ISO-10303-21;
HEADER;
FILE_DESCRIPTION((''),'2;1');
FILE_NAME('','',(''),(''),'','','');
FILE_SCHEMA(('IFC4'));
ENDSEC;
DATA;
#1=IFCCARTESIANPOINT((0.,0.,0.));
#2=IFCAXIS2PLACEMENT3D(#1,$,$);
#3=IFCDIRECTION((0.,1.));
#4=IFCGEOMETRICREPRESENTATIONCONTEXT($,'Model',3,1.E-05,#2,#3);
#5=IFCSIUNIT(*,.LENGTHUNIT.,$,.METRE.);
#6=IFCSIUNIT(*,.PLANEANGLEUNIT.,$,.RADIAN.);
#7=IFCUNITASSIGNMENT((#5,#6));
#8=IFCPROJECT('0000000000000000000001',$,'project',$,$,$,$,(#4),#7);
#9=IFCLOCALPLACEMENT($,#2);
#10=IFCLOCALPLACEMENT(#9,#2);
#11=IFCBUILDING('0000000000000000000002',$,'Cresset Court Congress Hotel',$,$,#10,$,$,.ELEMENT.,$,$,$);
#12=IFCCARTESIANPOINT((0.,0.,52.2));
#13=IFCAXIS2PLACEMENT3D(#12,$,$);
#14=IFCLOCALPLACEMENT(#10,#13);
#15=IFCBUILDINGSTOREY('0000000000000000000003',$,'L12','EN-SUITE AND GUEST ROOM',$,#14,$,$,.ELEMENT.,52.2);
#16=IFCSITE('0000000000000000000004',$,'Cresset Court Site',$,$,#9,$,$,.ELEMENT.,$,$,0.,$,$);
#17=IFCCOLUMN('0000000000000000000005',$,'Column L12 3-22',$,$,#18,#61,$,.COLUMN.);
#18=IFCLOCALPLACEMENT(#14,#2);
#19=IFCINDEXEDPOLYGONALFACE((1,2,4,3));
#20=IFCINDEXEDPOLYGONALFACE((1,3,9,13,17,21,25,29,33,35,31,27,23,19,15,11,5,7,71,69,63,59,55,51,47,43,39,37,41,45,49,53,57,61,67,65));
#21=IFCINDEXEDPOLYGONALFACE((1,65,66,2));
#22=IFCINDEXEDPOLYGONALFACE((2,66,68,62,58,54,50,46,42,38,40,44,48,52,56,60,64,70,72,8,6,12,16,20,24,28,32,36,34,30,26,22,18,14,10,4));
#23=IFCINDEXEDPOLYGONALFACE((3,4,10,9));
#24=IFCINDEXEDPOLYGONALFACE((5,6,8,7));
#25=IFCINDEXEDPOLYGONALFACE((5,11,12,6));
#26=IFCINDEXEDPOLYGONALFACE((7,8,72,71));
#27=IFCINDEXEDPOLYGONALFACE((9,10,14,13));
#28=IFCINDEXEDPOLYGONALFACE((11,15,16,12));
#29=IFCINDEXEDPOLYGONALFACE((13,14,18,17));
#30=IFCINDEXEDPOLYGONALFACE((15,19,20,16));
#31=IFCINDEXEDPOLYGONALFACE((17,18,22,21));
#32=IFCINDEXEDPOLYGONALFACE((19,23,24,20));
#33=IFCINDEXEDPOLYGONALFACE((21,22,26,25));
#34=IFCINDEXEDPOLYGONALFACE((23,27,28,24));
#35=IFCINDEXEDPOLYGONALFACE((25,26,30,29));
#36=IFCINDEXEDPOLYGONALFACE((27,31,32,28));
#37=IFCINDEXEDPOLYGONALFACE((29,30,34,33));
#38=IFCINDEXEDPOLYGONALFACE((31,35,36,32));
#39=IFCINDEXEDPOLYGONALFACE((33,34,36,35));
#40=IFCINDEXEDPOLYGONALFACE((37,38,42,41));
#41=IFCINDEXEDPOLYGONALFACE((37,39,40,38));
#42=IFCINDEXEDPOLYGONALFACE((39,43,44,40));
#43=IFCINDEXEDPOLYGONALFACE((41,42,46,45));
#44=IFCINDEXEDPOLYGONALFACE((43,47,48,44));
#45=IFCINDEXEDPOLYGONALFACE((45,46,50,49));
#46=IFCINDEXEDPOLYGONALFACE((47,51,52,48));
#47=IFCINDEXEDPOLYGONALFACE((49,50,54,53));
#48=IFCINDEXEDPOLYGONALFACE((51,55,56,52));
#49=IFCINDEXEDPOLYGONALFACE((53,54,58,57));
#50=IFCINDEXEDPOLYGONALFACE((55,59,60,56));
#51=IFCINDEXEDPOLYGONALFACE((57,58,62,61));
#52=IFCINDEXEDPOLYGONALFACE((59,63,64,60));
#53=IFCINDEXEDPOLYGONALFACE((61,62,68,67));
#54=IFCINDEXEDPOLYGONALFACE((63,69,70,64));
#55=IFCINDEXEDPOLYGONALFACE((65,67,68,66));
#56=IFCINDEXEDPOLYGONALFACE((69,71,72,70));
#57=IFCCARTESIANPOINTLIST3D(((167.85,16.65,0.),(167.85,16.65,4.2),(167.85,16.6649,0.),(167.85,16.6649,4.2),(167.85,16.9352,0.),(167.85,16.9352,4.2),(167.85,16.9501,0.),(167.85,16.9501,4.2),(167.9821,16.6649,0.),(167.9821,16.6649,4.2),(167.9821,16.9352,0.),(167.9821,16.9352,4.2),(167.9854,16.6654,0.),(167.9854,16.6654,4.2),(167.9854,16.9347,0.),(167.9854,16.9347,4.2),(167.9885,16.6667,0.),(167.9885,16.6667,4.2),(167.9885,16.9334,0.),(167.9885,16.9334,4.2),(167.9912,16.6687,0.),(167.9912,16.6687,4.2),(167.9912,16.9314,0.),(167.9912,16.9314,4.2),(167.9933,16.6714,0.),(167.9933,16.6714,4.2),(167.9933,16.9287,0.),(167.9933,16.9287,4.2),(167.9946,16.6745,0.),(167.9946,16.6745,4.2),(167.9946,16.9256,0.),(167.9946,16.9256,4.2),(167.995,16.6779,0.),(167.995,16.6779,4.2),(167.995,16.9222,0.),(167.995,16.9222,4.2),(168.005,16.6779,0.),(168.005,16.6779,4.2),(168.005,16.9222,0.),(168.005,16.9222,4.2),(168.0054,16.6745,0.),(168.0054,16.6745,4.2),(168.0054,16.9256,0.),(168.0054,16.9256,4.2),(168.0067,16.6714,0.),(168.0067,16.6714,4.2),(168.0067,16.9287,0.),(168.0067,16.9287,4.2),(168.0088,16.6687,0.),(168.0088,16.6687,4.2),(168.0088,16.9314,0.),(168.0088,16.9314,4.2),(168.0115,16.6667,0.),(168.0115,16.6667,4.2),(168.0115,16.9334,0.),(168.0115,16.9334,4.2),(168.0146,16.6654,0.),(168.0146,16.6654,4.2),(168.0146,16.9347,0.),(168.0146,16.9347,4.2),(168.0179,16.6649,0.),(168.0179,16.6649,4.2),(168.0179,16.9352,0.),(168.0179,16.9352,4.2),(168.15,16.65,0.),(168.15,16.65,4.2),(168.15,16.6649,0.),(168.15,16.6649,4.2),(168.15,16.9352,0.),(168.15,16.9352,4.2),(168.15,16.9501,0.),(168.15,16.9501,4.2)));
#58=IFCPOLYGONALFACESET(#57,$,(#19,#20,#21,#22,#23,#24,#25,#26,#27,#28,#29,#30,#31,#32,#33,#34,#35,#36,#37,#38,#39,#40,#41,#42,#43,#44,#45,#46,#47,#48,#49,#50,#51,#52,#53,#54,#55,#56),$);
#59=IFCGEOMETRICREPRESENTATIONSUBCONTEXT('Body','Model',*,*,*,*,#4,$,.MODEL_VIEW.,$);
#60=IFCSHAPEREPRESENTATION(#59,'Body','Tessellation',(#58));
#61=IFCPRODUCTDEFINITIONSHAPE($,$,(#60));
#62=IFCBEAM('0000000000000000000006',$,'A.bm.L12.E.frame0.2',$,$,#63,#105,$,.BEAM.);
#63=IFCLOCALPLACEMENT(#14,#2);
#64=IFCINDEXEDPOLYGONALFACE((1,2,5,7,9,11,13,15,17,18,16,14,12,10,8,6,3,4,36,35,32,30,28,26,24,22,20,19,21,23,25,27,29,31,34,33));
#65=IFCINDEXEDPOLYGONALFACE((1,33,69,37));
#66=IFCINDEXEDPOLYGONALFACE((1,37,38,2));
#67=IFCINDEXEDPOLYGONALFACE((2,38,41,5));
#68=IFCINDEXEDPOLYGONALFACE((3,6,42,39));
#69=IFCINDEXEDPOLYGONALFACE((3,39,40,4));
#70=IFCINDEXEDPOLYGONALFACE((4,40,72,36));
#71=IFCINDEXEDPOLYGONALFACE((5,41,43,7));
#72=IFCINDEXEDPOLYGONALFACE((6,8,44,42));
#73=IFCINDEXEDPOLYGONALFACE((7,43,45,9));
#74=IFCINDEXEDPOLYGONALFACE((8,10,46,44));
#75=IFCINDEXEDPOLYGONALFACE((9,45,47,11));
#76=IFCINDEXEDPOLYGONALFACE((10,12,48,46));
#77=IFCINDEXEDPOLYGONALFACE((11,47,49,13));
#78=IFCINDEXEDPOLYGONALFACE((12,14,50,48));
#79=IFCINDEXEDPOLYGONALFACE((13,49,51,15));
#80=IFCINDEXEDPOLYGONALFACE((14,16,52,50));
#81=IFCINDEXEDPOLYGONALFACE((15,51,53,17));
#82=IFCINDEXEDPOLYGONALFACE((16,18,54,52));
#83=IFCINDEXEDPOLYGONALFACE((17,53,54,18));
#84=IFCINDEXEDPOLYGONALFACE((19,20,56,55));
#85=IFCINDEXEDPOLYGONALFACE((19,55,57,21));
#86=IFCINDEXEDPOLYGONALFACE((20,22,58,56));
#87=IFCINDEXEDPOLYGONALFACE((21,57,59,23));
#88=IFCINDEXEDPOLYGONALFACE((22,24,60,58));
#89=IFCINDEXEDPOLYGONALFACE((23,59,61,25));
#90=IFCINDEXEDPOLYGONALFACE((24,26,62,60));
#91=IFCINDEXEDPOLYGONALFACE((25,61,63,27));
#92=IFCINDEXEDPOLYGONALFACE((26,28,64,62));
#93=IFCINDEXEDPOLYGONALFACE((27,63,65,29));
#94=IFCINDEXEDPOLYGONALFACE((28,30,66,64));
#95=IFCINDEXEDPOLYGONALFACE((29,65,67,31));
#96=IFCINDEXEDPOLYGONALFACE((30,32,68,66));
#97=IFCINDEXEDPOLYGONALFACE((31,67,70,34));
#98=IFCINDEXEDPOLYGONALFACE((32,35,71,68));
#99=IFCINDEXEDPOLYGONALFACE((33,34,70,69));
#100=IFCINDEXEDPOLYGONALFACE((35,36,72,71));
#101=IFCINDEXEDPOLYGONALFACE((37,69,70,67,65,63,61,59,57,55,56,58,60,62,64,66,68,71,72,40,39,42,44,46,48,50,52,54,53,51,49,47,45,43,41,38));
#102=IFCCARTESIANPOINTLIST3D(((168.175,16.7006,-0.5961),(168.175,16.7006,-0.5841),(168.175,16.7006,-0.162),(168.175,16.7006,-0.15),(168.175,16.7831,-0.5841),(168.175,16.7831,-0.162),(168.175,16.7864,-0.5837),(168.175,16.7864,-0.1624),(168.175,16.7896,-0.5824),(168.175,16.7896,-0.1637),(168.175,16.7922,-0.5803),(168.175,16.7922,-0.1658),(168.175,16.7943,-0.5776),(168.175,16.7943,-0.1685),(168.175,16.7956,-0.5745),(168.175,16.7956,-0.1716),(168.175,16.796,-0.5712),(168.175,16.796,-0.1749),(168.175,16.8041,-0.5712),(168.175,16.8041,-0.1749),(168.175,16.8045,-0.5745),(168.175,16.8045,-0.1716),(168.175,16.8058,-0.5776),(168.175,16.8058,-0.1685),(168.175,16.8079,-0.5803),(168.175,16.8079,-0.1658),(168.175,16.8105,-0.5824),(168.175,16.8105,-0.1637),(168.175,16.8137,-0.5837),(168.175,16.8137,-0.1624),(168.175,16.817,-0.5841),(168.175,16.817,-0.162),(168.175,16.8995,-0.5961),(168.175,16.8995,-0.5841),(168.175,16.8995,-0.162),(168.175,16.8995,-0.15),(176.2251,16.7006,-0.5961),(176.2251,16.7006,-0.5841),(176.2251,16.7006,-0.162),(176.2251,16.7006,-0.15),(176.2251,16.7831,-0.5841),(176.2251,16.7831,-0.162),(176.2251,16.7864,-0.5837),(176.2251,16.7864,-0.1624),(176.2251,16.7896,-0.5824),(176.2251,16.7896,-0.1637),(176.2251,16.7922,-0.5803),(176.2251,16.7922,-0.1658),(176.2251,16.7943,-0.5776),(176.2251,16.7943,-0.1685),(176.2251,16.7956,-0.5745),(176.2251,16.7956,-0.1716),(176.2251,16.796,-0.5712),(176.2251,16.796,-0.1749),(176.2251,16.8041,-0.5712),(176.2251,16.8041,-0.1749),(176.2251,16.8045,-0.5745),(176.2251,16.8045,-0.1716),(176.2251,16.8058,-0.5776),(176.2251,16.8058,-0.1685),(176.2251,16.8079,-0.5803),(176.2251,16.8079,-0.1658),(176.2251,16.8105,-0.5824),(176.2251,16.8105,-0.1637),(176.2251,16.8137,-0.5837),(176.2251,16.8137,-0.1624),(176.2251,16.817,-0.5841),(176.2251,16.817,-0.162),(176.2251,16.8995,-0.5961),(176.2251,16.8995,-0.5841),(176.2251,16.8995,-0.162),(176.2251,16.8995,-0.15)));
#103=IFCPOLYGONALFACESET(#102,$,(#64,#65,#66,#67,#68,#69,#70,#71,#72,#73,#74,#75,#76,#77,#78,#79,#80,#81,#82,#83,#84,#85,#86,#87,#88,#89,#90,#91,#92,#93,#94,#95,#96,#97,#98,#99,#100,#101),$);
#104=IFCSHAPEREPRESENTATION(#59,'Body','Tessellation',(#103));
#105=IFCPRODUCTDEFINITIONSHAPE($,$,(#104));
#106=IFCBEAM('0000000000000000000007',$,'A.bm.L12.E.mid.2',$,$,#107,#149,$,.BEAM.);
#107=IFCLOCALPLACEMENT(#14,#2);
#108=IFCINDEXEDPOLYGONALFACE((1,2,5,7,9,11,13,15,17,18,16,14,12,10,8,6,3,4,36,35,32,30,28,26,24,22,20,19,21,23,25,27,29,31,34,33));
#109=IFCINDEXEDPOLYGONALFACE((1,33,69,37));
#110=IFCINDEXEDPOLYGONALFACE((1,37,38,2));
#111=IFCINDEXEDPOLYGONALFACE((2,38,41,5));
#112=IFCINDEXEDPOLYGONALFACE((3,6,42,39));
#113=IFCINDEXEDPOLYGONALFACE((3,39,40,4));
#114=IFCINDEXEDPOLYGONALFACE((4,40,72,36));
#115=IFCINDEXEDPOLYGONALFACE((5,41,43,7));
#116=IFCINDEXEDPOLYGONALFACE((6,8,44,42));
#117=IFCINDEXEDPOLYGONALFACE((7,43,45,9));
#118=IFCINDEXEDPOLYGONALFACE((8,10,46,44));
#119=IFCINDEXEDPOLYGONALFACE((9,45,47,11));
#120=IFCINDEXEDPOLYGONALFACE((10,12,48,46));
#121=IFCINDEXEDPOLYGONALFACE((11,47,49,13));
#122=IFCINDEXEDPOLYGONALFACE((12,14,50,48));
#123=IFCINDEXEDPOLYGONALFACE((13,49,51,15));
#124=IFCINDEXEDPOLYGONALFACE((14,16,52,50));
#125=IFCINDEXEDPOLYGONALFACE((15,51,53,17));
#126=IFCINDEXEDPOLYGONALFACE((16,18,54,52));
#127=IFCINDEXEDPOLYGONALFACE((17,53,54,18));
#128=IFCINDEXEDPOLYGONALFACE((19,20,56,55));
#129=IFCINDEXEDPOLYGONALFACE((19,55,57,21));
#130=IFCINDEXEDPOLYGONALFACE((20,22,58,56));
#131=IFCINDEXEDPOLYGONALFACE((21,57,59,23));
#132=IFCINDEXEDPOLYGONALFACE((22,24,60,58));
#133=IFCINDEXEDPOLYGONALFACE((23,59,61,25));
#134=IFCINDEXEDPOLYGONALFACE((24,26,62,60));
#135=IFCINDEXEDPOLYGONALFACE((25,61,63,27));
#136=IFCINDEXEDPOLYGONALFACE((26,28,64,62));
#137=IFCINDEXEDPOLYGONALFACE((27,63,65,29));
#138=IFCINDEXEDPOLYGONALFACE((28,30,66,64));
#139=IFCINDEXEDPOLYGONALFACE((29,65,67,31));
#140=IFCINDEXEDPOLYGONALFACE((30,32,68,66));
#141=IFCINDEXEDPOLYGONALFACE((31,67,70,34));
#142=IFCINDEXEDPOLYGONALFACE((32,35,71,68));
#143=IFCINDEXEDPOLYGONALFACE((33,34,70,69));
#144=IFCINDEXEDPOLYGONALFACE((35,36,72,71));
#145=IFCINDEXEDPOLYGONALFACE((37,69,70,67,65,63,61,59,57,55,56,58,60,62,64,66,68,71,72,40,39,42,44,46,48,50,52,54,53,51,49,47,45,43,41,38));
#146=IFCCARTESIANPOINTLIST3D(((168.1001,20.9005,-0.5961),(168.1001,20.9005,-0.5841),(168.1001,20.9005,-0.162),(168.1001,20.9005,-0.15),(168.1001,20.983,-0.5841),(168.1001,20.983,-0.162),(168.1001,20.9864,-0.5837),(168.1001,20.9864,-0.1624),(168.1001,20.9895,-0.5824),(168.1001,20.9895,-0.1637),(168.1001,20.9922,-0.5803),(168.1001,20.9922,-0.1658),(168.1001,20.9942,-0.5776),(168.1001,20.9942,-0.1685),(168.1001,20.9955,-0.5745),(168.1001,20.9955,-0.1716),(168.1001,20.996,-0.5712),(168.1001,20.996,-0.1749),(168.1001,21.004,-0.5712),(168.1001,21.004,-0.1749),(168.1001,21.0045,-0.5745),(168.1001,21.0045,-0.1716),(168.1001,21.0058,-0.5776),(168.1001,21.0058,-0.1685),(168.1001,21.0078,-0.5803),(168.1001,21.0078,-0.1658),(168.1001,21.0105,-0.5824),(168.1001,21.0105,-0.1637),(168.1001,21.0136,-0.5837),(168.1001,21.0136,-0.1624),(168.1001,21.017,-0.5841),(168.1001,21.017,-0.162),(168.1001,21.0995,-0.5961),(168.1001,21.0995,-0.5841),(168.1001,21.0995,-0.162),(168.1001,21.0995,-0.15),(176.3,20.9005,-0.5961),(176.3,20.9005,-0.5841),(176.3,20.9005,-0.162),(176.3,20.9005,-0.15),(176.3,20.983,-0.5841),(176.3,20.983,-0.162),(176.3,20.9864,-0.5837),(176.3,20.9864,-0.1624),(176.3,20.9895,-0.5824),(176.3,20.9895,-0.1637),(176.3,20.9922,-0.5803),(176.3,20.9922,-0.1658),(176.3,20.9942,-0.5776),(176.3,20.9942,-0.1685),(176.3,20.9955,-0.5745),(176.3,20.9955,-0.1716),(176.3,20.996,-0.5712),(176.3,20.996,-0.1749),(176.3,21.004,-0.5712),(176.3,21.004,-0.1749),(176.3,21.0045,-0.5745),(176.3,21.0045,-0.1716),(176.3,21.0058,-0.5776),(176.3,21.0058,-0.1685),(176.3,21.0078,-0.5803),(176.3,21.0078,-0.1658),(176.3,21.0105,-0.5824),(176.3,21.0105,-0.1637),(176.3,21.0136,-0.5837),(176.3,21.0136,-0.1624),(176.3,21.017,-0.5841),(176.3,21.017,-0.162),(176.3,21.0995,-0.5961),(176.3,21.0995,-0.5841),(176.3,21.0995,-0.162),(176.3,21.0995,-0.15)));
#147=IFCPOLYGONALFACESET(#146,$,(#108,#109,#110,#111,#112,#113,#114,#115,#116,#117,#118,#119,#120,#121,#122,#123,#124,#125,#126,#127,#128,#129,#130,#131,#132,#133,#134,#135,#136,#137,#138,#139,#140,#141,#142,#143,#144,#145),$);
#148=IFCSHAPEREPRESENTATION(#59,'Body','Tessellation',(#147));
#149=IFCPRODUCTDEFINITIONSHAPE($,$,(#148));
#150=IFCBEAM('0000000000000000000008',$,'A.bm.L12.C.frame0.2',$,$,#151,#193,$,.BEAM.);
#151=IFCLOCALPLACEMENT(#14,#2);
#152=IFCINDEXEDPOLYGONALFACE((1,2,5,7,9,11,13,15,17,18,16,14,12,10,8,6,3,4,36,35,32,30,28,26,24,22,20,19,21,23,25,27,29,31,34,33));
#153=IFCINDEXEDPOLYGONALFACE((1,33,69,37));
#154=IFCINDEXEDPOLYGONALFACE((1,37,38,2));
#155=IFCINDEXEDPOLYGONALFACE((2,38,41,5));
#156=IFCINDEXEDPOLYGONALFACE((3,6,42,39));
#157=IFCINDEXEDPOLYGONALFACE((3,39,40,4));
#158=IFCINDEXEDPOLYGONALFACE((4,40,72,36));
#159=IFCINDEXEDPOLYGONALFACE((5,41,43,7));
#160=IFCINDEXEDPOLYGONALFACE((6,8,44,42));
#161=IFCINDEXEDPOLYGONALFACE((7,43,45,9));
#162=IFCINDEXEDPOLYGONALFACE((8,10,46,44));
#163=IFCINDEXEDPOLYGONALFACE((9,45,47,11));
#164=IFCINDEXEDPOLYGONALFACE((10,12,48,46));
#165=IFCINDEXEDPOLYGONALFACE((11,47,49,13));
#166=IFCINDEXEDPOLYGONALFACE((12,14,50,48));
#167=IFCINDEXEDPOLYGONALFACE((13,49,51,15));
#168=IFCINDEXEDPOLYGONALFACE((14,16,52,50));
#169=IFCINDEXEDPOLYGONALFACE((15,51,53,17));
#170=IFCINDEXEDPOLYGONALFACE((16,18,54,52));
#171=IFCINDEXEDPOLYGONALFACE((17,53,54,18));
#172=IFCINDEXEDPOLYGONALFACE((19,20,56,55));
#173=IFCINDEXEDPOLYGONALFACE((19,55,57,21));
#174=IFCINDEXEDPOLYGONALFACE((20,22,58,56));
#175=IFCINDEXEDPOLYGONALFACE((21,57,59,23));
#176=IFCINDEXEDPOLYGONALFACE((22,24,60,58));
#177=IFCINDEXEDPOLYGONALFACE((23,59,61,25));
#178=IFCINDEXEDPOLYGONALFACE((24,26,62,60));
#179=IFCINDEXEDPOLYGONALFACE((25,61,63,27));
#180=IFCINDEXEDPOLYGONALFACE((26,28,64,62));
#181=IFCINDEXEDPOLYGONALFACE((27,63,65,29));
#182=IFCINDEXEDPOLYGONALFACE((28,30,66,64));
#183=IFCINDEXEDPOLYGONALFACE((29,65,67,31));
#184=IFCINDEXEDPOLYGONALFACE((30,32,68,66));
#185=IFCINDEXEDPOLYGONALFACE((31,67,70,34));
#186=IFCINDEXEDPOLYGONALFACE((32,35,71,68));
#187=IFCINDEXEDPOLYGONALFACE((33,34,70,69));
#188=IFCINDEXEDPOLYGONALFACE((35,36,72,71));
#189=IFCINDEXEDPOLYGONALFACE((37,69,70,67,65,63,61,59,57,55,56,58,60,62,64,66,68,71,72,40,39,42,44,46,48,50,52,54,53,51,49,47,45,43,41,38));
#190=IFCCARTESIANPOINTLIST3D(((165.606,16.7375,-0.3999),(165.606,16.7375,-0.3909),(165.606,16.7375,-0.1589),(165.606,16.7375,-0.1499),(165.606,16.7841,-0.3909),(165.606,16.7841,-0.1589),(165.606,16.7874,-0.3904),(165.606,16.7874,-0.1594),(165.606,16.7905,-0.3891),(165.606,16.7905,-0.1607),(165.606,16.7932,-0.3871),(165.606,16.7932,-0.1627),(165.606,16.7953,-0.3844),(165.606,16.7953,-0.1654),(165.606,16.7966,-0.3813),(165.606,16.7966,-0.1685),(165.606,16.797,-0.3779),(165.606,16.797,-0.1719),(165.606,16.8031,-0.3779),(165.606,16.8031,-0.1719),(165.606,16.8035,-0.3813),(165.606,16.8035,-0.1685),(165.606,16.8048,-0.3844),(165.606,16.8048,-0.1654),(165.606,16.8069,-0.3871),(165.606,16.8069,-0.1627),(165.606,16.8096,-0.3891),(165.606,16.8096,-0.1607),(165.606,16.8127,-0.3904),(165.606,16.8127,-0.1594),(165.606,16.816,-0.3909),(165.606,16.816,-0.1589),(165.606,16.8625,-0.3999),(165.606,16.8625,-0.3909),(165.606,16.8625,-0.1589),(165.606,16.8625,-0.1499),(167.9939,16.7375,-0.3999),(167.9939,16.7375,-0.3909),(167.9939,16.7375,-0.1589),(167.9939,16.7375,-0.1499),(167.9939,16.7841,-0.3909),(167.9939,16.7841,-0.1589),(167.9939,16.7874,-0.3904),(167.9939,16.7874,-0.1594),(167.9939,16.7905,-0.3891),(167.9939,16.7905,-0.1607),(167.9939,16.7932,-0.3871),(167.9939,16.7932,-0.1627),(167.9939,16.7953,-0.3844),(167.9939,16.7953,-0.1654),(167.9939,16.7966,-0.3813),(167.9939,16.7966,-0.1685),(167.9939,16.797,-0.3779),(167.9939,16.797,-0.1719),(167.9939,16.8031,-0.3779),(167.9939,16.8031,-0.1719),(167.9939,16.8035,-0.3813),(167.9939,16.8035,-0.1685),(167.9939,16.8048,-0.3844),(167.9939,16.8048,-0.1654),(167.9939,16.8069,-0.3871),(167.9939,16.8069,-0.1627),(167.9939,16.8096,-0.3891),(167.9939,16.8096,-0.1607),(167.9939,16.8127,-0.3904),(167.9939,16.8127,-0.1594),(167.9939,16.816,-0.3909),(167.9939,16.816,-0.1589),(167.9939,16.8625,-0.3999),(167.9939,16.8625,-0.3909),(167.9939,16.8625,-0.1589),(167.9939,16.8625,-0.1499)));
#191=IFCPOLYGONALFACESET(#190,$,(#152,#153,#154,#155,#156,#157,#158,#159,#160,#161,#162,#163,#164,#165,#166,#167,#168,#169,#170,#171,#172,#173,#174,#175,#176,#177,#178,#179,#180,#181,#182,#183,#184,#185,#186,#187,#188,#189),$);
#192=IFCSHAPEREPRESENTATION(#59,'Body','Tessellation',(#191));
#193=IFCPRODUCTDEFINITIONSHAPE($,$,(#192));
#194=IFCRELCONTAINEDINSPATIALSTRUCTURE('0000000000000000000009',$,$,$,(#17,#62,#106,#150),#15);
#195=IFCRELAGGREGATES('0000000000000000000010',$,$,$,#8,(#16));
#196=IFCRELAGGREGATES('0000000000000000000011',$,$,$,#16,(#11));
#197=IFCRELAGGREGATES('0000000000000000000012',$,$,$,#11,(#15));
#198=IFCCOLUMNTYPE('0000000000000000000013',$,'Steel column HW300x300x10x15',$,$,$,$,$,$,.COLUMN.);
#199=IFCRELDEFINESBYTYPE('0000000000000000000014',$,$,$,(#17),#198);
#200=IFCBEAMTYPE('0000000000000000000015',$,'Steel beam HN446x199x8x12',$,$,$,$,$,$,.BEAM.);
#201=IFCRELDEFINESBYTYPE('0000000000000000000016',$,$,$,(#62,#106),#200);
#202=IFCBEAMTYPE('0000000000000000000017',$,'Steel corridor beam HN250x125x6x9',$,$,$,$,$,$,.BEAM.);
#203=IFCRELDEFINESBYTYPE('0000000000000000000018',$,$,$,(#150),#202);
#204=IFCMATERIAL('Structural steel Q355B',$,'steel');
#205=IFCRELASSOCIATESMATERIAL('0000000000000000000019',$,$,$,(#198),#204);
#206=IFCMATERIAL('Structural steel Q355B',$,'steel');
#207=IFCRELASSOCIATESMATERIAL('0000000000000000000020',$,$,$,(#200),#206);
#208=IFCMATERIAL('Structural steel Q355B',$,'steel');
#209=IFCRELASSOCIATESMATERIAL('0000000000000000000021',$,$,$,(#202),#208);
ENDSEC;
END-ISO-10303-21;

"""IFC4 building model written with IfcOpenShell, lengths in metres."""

from ifc_helpers import new_model, si_unit, direction, frame, origin, origin_2d, place, context, subcontext, project, spatial, i_section, extrude, material, material_profile, profile_set, type_object, element, save


model = new_model("IFC4")

# Units and contexts
model_context = context("Model", 3, precision=1e-05, world=origin(), true_north=direction((0.0, 1.0)))
body_context = subcontext(model_context, "Body", "Model", "MODEL_VIEW")
ifc_project = project(units=[si_unit("LENGTHUNIT", "METRE"), si_unit("PLANEANGLEUNIT", "RADIAN")], contexts=[model_context])

# Site, building, storey
site_placement = place(None, origin())
site = spatial("IfcSite", under=ifc_project, at=site_placement, Name="Cresset Court Site", CompositionType="ELEMENT", RefElevation=0.0)
building_placement = place(site_placement, origin())
building = spatial("IfcBuilding", under=site, at=building_placement, Name="Cresset Court Congress Hotel", CompositionType="ELEMENT")
storey_placement = place(building_placement, frame((0.0, 0.0, 52.2)))
storey = spatial("IfcBuildingStorey", under=building, at=storey_placement, Name="L12", Description="EN-SUITE AND GUEST ROOM", CompositionType="ELEMENT", Elevation=52.2)

# Column
ifc_material_1 = material(Name="Structural steel Q355B", Category="steel")
ifc_material_profile_1 = material_profile(ifc_material_1, i_section(OverallWidth=0.3, OverallDepth=0.3, WebThickness=0.01, FlangeThickness=0.0149, FilletRadius=0.0129, at=origin_2d()), Name="HW300x300x10x15")
ifc_profile_set_1 = profile_set([ifc_material_profile_1], Name="Structural steel Q355B")
column_type = type_object("IfcColumnType", Name="Steel column HW300x300x10x15", PredefinedType="COLUMN", material=ifc_profile_set_1)
column_placement = place(storey_placement, frame((168.0, 16.8, 0.0), z_axis=(0.0, 0.0, 1.0), x_axis=(1.0, 0.0, 0.0)))
element("IfcColumn", 1, at=column_placement, inside=storey, type_object=column_type, Name="Column L12 3-22", PredefinedType="COLUMN", context=body_context, shape_type="SweptSolid", body=[
    extrude(i_section(OverallWidth=0.3, OverallDepth=0.3, WebThickness=0.01, FlangeThickness=0.0149, FilletRadius=0.0129, at=origin_2d()), origin(), (0.0, 0.0, 1.0), 4.2),
])

# Beams
ifc_material_2 = material(Name="Structural steel Q355B", Category="steel")
ifc_material_profile_2 = material_profile(ifc_material_2, i_section(OverallWidth=0.199, OverallDepth=0.446, WebThickness=0.0081, FlangeThickness=0.012, FilletRadius=0.0129, at=origin_2d()), Name="HN446x199x8x12")
ifc_profile_set_2 = profile_set([ifc_material_profile_2], Name="Structural steel Q355B")
beam_type_1 = type_object("IfcBeamType", Name="Steel beam HN446x199x8x12", PredefinedType="BEAM", material=ifc_profile_set_2)
beam_1_placement = place(storey_placement, frame((168.175, 16.8, -0.373), z_axis=(1.0, 0.0, 0.0), x_axis=(0.0, 1.0, 0.0)))
element("IfcBeam", 2, at=beam_1_placement, inside=storey, type_object=beam_type_1, Name="A.bm.L12.E.frame0.2", PredefinedType="BEAM", context=body_context, shape_type="SweptSolid", body=[
    extrude(i_section(OverallWidth=0.199, OverallDepth=0.446, WebThickness=0.0081, FlangeThickness=0.012, FilletRadius=0.0129, at=origin_2d()), origin(), (0.0, 0.0, 1.0), 8.05),
])
beam_2_placement = place(storey_placement, frame((168.1001, 21.0, -0.373), z_axis=(1.0, 0.0, 0.0), x_axis=(0.0, 1.0, 0.0)))
element("IfcBeam", 3, at=beam_2_placement, inside=storey, type_object=beam_type_1, Name="A.bm.L12.E.mid.2", PredefinedType="BEAM", context=body_context, shape_type="SweptSolid", body=[
    extrude(i_section(OverallWidth=0.199, OverallDepth=0.446, WebThickness=0.0081, FlangeThickness=0.012, FilletRadius=0.0129, at=origin_2d()), origin(), (0.0, 0.0, 1.0), 8.2),
])
ifc_material_3 = material(Name="Structural steel Q355B", Category="steel")
ifc_material_profile_3 = material_profile(ifc_material_3, i_section(OverallWidth=0.125, OverallDepth=0.25, WebThickness=0.0061, FlangeThickness=0.009, FilletRadius=0.0129, at=origin_2d()), Name="HN250x125x6x9")
ifc_profile_set_3 = profile_set([ifc_material_profile_3], Name="Structural steel Q355B")
beam_type_2 = type_object("IfcBeamType", Name="Steel corridor beam HN250x125x6x9", PredefinedType="BEAM", material=ifc_profile_set_3)
beam_3_placement = place(storey_placement, frame((165.606, 16.8, -0.2749), z_axis=(1.0, 0.0, 0.0), x_axis=(0.0, 1.0, 0.0)))
element("IfcBeam", 4, at=beam_3_placement, inside=storey, type_object=beam_type_2, Name="A.bm.L12.C.frame0.2", PredefinedType="BEAM", context=body_context, shape_type="SweptSolid", body=[
    extrude(i_section(OverallWidth=0.125, OverallDepth=0.25, WebThickness=0.0061, FlangeThickness=0.009, FilletRadius=0.0129, at=origin_2d()), origin(), (0.0, 0.0, 1.0), 2.3879),
])

save(model, "model.ifc")
